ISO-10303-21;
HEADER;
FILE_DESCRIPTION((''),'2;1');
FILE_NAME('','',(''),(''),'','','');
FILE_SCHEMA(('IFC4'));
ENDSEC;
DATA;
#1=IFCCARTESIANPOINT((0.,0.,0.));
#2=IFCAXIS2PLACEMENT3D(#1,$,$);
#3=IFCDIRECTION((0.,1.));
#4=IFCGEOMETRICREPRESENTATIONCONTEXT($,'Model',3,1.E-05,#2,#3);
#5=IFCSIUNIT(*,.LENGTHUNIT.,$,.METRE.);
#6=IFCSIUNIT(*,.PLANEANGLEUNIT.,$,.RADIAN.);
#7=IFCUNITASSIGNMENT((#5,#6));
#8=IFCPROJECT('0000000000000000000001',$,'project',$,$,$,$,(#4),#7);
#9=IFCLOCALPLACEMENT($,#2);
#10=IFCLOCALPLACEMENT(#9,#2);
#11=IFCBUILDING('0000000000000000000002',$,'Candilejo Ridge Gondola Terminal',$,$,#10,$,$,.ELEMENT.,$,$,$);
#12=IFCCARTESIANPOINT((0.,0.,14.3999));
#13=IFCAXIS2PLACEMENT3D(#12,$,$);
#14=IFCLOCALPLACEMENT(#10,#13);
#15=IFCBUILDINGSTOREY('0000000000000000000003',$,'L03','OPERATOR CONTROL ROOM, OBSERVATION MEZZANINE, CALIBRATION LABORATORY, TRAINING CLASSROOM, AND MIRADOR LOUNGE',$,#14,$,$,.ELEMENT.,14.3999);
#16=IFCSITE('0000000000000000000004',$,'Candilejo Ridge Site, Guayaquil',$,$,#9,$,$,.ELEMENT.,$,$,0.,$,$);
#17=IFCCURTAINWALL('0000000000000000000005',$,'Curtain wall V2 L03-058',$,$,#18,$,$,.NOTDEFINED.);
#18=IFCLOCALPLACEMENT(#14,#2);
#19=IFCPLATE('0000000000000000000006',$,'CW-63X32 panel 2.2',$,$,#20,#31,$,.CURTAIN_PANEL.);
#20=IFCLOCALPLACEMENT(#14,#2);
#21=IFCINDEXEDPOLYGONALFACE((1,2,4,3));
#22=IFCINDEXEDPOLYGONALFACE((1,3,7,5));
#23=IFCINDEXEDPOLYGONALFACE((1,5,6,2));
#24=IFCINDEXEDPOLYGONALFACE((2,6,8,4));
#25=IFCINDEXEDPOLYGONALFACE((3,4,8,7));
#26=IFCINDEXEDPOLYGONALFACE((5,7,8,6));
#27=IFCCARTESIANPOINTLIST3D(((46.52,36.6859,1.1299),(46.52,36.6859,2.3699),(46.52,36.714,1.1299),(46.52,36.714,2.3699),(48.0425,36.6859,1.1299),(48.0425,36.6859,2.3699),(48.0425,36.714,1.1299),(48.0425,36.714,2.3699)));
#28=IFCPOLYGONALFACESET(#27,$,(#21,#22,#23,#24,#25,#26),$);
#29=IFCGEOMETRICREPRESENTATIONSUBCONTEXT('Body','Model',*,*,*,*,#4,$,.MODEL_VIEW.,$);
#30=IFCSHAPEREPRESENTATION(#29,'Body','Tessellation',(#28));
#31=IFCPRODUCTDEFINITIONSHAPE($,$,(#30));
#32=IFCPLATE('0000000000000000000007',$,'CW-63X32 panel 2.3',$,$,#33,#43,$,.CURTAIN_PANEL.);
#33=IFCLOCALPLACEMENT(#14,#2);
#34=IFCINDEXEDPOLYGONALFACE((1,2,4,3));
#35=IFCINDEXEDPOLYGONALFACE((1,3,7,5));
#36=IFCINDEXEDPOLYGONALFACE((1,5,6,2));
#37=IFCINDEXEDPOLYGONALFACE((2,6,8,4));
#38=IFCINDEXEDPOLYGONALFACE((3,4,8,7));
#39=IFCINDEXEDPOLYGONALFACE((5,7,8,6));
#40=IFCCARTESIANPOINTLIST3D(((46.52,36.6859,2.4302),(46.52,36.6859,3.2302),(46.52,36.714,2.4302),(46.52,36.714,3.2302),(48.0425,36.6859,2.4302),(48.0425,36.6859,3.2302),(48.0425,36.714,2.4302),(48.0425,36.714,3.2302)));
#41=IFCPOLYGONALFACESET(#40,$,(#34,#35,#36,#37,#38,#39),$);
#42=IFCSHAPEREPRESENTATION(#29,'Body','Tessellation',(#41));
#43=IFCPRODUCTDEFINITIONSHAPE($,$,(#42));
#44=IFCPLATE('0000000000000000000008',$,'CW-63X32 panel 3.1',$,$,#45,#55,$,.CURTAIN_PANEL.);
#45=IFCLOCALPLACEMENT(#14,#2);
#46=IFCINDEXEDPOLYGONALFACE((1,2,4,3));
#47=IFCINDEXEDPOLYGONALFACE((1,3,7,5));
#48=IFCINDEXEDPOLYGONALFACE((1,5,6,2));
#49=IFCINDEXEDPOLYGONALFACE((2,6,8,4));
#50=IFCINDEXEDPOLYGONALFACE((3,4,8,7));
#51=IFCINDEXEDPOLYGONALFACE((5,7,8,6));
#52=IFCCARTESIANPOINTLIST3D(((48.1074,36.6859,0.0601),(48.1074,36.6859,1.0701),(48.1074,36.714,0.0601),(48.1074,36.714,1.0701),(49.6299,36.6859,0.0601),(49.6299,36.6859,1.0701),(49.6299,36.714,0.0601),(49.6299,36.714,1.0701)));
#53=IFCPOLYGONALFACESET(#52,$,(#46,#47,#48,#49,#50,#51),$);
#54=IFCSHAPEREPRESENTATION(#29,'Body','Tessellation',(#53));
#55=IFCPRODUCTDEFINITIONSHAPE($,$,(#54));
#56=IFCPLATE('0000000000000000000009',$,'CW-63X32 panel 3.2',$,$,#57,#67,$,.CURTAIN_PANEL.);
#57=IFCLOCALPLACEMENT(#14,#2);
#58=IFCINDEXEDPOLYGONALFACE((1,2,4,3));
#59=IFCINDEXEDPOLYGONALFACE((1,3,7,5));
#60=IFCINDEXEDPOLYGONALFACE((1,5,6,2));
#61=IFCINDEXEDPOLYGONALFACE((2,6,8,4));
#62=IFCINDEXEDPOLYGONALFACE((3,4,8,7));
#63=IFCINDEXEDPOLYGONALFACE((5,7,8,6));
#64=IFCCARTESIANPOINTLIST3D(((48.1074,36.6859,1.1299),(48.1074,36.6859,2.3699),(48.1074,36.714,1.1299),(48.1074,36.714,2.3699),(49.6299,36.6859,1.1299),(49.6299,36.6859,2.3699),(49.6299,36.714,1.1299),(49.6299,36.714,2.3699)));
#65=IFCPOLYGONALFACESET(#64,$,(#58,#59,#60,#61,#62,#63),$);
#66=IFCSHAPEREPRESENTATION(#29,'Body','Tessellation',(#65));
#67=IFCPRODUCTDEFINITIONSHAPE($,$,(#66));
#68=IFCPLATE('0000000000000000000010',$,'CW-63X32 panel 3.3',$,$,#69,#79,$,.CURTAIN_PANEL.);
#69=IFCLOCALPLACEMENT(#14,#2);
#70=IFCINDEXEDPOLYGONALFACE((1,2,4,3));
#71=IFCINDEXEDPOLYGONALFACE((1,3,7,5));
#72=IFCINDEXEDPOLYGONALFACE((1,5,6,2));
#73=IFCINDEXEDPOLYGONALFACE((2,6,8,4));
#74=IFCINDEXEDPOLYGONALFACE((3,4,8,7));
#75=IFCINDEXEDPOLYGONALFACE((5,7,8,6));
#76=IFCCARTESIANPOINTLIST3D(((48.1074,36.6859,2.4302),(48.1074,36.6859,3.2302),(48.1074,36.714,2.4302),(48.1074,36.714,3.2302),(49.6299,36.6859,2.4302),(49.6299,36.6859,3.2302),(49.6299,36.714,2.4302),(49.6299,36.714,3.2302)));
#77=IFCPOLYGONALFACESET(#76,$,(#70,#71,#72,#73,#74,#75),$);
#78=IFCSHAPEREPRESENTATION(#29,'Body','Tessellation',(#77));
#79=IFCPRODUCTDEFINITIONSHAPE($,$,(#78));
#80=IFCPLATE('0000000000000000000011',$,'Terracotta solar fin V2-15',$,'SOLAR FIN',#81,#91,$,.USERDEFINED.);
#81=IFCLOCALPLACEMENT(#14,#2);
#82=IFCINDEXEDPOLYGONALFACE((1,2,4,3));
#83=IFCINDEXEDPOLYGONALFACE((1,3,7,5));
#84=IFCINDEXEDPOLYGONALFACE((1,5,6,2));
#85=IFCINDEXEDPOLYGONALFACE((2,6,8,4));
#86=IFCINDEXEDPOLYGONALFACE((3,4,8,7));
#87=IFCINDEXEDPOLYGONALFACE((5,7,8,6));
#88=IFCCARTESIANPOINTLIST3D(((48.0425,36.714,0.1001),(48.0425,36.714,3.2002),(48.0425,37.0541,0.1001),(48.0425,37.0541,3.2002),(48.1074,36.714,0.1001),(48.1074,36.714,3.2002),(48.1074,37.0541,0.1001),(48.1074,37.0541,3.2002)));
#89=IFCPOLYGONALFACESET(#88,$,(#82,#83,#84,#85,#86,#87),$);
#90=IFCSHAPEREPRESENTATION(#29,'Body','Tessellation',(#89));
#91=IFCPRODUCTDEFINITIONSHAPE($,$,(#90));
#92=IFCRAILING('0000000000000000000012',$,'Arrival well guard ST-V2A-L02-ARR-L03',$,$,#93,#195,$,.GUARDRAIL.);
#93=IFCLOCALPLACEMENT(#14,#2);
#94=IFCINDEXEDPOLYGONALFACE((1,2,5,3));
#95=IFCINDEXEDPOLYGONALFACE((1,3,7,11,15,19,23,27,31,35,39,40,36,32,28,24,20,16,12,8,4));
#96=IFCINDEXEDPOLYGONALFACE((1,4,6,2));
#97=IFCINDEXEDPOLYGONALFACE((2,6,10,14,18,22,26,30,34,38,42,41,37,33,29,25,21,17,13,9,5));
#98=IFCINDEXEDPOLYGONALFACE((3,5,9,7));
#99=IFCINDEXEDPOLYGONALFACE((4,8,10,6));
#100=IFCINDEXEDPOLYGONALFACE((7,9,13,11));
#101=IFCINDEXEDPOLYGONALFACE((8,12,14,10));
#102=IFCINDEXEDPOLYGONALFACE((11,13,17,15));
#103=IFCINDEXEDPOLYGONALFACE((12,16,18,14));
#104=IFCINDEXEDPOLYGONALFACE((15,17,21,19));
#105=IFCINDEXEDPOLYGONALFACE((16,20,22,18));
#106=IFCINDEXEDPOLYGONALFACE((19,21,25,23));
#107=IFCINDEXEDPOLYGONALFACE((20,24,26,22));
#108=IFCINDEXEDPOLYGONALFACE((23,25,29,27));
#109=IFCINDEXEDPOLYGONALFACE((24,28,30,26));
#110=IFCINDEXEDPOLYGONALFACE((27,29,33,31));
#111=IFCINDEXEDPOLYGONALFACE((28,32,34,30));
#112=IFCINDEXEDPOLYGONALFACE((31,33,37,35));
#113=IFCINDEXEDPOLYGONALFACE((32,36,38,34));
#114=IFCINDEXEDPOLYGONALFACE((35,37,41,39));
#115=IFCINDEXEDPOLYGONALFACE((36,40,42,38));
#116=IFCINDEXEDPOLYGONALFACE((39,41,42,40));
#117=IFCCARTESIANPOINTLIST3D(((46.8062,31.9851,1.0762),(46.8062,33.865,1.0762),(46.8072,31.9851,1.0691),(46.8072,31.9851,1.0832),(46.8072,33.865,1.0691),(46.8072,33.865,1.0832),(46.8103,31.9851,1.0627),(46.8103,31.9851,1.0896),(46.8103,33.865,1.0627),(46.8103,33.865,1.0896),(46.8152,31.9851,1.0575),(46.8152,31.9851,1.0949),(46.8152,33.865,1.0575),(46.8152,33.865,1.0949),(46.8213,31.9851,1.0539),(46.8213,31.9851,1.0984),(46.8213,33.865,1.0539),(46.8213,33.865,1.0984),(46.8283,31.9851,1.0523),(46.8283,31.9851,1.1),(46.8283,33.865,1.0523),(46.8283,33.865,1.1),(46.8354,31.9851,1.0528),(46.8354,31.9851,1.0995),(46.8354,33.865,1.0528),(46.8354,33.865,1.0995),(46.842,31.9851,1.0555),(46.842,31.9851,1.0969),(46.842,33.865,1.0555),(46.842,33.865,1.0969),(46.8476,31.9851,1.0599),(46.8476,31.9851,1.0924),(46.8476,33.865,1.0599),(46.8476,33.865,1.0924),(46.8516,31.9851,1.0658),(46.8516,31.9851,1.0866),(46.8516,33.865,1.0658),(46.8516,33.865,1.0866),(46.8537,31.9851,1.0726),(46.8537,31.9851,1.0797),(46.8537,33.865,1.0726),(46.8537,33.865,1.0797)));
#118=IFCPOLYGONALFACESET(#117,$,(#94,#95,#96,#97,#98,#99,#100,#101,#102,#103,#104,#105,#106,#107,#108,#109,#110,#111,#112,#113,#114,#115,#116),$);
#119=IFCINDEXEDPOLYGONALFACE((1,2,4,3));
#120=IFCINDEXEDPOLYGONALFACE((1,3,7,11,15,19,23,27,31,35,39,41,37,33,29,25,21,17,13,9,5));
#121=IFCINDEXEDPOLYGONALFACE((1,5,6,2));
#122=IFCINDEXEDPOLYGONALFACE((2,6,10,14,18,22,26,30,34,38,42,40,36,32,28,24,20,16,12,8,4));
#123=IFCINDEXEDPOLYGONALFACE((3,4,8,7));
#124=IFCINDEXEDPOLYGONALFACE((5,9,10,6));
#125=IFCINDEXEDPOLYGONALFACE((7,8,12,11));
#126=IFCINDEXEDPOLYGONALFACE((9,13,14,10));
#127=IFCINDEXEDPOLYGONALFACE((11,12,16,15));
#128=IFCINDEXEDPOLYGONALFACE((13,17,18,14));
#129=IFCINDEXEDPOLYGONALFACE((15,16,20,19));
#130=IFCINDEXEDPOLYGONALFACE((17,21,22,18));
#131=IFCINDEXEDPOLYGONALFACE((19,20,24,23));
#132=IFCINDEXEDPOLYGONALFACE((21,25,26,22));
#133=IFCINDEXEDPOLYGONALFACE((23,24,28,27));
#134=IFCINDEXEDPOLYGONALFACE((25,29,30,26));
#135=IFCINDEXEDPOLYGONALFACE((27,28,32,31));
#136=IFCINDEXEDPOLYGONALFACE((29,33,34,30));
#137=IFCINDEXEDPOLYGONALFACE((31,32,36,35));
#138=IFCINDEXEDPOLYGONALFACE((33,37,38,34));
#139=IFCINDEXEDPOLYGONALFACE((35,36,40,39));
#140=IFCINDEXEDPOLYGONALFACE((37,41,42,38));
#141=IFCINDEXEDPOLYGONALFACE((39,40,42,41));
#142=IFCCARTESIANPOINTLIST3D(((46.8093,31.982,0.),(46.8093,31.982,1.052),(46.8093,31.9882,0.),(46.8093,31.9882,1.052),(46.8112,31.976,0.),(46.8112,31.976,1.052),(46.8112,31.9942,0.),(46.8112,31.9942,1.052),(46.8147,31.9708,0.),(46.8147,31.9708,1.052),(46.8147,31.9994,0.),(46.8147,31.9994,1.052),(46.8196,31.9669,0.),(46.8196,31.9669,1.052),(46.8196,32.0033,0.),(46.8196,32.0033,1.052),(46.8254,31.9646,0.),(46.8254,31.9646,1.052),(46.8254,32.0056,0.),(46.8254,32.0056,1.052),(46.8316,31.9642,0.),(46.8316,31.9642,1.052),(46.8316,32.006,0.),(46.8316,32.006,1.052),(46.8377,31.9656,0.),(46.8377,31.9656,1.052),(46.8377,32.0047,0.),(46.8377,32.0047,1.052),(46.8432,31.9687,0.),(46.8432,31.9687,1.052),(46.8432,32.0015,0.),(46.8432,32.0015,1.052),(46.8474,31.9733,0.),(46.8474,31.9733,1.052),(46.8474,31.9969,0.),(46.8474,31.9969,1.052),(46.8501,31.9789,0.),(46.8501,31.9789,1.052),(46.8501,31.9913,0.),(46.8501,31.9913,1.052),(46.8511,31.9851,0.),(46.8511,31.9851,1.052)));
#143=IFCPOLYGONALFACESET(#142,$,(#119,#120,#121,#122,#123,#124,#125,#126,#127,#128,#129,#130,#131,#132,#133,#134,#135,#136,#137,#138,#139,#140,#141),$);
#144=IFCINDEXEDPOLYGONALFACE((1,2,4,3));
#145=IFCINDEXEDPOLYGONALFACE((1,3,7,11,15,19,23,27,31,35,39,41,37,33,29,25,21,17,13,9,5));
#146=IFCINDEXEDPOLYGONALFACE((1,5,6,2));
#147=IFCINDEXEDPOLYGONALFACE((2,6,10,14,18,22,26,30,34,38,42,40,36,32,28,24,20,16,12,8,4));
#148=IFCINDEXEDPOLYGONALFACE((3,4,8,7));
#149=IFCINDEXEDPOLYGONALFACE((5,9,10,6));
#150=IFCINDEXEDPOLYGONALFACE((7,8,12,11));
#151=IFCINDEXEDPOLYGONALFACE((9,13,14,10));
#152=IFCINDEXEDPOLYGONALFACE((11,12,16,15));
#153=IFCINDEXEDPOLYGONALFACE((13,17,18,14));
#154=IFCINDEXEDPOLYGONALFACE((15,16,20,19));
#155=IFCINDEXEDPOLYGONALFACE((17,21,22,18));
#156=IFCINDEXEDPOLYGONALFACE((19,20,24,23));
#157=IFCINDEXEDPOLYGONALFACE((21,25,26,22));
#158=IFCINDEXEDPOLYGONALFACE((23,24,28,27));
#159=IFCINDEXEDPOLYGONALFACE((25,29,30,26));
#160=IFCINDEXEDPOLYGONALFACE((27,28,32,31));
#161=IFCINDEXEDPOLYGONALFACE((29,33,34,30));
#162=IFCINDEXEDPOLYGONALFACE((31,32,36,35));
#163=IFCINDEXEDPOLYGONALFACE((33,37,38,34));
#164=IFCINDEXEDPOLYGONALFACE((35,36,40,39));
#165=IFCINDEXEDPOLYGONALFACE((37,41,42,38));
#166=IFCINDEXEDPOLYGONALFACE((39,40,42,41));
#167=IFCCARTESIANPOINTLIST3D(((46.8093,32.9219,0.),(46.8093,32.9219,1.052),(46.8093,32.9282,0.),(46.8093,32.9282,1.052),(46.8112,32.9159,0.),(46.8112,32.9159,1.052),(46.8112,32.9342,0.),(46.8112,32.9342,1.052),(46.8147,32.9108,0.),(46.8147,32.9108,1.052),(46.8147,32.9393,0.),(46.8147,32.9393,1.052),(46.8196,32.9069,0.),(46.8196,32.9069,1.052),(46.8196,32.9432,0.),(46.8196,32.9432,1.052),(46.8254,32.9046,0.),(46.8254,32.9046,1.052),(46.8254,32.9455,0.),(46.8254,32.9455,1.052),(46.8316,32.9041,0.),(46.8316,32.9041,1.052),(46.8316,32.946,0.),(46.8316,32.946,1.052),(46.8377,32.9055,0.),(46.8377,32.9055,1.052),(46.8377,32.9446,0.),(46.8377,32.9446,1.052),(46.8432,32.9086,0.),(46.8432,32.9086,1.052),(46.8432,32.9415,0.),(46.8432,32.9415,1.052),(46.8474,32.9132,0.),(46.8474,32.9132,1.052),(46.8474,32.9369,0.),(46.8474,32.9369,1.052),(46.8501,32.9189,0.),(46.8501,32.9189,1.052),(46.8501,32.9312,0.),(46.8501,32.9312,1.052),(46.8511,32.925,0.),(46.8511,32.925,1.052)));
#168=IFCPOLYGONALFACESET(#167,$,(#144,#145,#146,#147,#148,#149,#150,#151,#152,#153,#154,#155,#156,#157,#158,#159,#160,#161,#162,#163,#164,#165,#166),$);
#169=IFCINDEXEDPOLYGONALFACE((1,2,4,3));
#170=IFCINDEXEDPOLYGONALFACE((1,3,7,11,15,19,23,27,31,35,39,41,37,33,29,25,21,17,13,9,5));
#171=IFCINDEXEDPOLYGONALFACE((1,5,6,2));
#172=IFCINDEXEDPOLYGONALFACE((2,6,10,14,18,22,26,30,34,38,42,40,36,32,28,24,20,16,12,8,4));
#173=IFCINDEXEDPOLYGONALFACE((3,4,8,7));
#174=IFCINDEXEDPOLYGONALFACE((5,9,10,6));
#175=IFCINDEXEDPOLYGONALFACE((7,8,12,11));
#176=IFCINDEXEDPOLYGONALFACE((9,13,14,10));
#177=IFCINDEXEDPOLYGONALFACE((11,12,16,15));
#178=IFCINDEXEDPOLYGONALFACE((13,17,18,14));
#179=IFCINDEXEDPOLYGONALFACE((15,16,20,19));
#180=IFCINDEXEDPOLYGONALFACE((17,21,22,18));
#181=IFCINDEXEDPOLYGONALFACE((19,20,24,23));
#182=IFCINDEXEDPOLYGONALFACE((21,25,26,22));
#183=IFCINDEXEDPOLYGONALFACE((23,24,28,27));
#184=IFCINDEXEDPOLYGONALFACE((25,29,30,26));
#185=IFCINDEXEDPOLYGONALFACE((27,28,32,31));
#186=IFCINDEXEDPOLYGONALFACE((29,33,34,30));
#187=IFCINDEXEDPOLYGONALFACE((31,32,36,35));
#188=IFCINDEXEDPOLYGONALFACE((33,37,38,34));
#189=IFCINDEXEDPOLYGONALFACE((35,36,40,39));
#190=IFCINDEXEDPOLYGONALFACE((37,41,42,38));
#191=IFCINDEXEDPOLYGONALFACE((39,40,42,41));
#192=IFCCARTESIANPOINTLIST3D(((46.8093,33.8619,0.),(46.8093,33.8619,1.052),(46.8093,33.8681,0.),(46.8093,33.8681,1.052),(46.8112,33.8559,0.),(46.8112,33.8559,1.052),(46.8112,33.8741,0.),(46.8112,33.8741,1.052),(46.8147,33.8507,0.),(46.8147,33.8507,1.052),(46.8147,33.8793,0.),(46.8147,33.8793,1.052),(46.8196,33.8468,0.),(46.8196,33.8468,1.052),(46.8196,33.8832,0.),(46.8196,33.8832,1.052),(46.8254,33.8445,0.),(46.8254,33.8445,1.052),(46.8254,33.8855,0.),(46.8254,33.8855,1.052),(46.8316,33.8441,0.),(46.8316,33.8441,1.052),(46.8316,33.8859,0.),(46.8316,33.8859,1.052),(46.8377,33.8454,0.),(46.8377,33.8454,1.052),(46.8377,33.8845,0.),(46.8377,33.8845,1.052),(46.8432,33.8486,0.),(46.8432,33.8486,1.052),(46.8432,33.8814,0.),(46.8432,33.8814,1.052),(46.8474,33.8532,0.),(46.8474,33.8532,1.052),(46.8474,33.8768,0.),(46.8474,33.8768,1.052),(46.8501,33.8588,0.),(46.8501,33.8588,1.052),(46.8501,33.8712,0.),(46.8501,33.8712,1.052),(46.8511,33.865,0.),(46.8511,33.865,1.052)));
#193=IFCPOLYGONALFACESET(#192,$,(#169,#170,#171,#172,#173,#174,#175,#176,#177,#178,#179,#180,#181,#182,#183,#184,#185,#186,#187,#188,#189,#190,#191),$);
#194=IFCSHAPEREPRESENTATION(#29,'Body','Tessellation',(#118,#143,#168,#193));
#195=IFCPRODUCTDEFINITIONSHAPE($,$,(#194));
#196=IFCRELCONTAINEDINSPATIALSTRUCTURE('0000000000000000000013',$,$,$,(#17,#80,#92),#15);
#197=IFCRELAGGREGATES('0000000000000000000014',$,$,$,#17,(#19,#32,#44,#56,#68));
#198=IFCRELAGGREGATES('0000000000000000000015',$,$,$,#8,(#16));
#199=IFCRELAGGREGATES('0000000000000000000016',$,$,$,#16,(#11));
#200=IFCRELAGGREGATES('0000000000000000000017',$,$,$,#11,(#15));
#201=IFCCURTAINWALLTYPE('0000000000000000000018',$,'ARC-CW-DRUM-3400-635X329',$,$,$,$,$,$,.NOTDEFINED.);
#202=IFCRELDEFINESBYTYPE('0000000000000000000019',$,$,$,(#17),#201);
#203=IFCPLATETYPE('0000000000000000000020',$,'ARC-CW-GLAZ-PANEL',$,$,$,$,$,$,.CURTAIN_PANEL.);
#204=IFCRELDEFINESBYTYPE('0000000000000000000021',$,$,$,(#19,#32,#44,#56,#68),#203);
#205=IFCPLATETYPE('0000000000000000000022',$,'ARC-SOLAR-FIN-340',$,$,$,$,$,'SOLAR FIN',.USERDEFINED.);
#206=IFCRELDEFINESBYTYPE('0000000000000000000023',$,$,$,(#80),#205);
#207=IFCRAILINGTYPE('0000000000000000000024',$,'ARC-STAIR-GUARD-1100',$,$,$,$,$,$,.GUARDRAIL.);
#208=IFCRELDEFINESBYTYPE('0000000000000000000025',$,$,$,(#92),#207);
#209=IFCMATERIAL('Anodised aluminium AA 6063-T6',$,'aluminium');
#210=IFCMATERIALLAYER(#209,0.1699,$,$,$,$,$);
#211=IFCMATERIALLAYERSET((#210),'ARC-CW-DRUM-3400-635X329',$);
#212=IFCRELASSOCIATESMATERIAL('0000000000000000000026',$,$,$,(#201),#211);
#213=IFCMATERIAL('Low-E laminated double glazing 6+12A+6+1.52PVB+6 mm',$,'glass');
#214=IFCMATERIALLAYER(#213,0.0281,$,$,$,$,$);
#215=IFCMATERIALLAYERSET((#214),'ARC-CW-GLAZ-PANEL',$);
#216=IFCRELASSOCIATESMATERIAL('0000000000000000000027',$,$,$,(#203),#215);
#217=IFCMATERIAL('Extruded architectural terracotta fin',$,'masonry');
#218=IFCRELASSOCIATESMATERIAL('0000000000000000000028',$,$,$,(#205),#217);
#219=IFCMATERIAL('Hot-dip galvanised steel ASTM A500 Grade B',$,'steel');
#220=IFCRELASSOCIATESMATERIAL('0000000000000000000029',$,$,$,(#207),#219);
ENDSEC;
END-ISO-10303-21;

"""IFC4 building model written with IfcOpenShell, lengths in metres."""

from ifc_helpers import new_model, si_unit, direction, frame, origin, origin_2d, place, context, subcontext, project, spatial, rectangle, circle, extrude, material, layer, layer_set, type_object, element, aggregate, save


model = new_model("IFC4")

# Units and contexts
model_context = context("Model", 3, precision=1e-05, world=origin(), true_north=direction((0.0, 1.0)))
body_context = subcontext(model_context, "Body", "Model", "MODEL_VIEW")
ifc_project = project(units=[si_unit("LENGTHUNIT", "METRE"), si_unit("PLANEANGLEUNIT", "RADIAN")], contexts=[model_context])

# Site, building, storey
site_placement = place(None, origin())
site = spatial("IfcSite", under=ifc_project, at=site_placement, Name="Candilejo Ridge Site, Guayaquil", CompositionType="ELEMENT", RefElevation=0.0)
building_placement = place(site_placement, origin())
building = spatial("IfcBuilding", under=site, at=building_placement, Name="Candilejo Ridge Gondola Terminal", CompositionType="ELEMENT")
storey_placement = place(building_placement, frame((0.0, 0.0, 14.3999)))
storey = spatial("IfcBuildingStorey", under=building, at=storey_placement, Name="L03", Description="OPERATOR CONTROL ROOM, OBSERVATION MEZZANINE, CALIBRATION LABORATORY, TRAINING CLASSROOM, AND MIRADOR LOUNGE", CompositionType="ELEMENT", Elevation=14.3999)

# Curtain wall, plates
ifc_material_1 = material(Name="Anodised aluminium AA 6063-T6", Category="aluminium")
ifc_layer_1 = layer(ifc_material_1, 0.1699)
ifc_layer_set_1 = layer_set([ifc_layer_1], Name="ARC-CW-DRUM-3400-635X329")
curtain_wall_type = type_object("IfcCurtainWallType", Name="ARC-CW-DRUM-3400-635X329", PredefinedType="NOTDEFINED", material=ifc_layer_set_1)
curtain_wall_placement = place(storey_placement, origin())
curtain_wall = element("IfcCurtainWall", 1, at=curtain_wall_placement, inside=storey, type_object=curtain_wall_type, Name="Curtain wall V2 L03-058", PredefinedType="NOTDEFINED")
ifc_material_2 = material(Name="Low-E laminated double glazing 6+12A+6+1.52PVB+6 mm", Category="glass")
ifc_layer_2 = layer(ifc_material_2, 0.0281)
ifc_layer_set_2 = layer_set([ifc_layer_2], Name="ARC-CW-GLAZ-PANEL")
plate_type_1 = type_object("IfcPlateType", Name="ARC-CW-GLAZ-PANEL", PredefinedType="CURTAIN_PANEL", material=ifc_layer_set_2)
plate_1_placement = place(storey_placement, frame((47.2812, 36.7, 1.1299), z_axis=(0.0, 0.0, 1.0), x_axis=(1.0, 0.0, 0.0)))
plate_1 = element("IfcPlate", 2, at=plate_1_placement, type_object=plate_type_1, Name="CW-63X32 panel 2.2", PredefinedType="CURTAIN_PANEL", context=body_context, shape_type="SweptSolid", body=[
    extrude(rectangle(XDim=1.5225, YDim=0.0281, at=origin_2d()), origin(), (0.0, 0.0, 1.0), 1.24),
])
plate_2_placement = place(storey_placement, frame((47.2812, 36.7, 2.4302), z_axis=(0.0, 0.0, 1.0), x_axis=(1.0, 0.0, 0.0)))
plate_2 = element("IfcPlate", 3, at=plate_2_placement, type_object=plate_type_1, Name="CW-63X32 panel 2.3", PredefinedType="CURTAIN_PANEL", context=body_context, shape_type="SweptSolid", body=[
    extrude(rectangle(XDim=1.5225, YDim=0.0281, at=origin_2d()), origin(), (0.0, 0.0, 1.0), 0.8),
])
plate_3_placement = place(storey_placement, frame((48.8687, 36.7, 0.0601), z_axis=(0.0, 0.0, 1.0), x_axis=(1.0, 0.0, 0.0)))
plate_3 = element("IfcPlate", 4, at=plate_3_placement, type_object=plate_type_1, Name="CW-63X32 panel 3.1", PredefinedType="CURTAIN_PANEL", context=body_context, shape_type="SweptSolid", body=[
    extrude(rectangle(XDim=1.5225, YDim=0.0281, at=origin_2d()), origin(), (0.0, 0.0, 1.0), 1.01),
])
plate_4_placement = place(storey_placement, frame((48.8687, 36.7, 1.1299), z_axis=(0.0, 0.0, 1.0), x_axis=(1.0, 0.0, 0.0)))
plate_4 = element("IfcPlate", 5, at=plate_4_placement, type_object=plate_type_1, Name="CW-63X32 panel 3.2", PredefinedType="CURTAIN_PANEL", context=body_context, shape_type="SweptSolid", body=[
    extrude(rectangle(XDim=1.5225, YDim=0.0281, at=origin_2d()), origin(), (0.0, 0.0, 1.0), 1.24),
])
plate_5_placement = place(storey_placement, frame((48.8687, 36.7, 2.4302), z_axis=(0.0, 0.0, 1.0), x_axis=(1.0, 0.0, 0.0)))
plate_5 = element("IfcPlate", 6, at=plate_5_placement, type_object=plate_type_1, Name="CW-63X32 panel 3.3", PredefinedType="CURTAIN_PANEL", context=body_context, shape_type="SweptSolid", body=[
    extrude(rectangle(XDim=1.5225, YDim=0.0281, at=origin_2d()), origin(), (0.0, 0.0, 1.0), 0.8),
])
aggregate(curtain_wall, [plate_1, plate_2, plate_3, plate_4, plate_5])

# Plate
ifc_material_3 = material(Name="Extruded architectural terracotta fin", Category="masonry")
plate_type_2 = type_object("IfcPlateType", Name="ARC-SOLAR-FIN-340", ElementType="SOLAR FIN", PredefinedType="USERDEFINED", material=ifc_material_3)
plate_6_placement = place(storey_placement, frame((48.075, 36.884, 0.1001), z_axis=(0.0, 0.0, 1.0), x_axis=(1.0, 0.0, 0.0)))
element("IfcPlate", 7, at=plate_6_placement, inside=storey, type_object=plate_type_2, Name="Terracotta solar fin V2-15", ObjectType="SOLAR FIN", PredefinedType="USERDEFINED", context=body_context, shape_type="SweptSolid", body=[
    extrude(rectangle(XDim=0.0649, YDim=0.3401, at=origin_2d()), origin(), (0.0, 0.0, 1.0), 3.1001),
])

# Railing
ifc_material_4 = material(Name="Hot-dip galvanised steel ASTM A500 Grade B", Category="steel")
railing_type = type_object("IfcRailingType", Name="ARC-STAIR-GUARD-1100", PredefinedType="GUARDRAIL", material=ifc_material_4)
railing_placement = place(storey_placement, frame((46.8301, 31.9851, 0.0)))
element("IfcRailing", 8, at=railing_placement, inside=storey, type_object=railing_type, Name="Arrival well guard ST-V2A-L02-ARR-L03", PredefinedType="GUARDRAIL", context=body_context, shape_type="SweptSolid", body=[
    extrude(circle(Radius=0.0239, at=origin_2d()), frame((0.0, 0.0, 1.0762), z_axis=(0.0, 1.0, 0.0), x_axis=(-1.0, 0.0, 0.0)), (0.0, 0.0, 1.0), 1.8799),
    extrude(circle(Radius=0.021, at=origin_2d()), origin(), (0.0, 0.0, 1.0), 1.052),
    extrude(circle(Radius=0.021, at=origin_2d()), frame((0.0, 0.9399, 0.0)), (0.0, 0.0, 1.0), 1.052),
    extrude(circle(Radius=0.021, at=origin_2d()), frame((0.0, 1.8799, 0.0)), (0.0, 0.0, 1.0), 1.052),
])

save(model, "model.ifc")
